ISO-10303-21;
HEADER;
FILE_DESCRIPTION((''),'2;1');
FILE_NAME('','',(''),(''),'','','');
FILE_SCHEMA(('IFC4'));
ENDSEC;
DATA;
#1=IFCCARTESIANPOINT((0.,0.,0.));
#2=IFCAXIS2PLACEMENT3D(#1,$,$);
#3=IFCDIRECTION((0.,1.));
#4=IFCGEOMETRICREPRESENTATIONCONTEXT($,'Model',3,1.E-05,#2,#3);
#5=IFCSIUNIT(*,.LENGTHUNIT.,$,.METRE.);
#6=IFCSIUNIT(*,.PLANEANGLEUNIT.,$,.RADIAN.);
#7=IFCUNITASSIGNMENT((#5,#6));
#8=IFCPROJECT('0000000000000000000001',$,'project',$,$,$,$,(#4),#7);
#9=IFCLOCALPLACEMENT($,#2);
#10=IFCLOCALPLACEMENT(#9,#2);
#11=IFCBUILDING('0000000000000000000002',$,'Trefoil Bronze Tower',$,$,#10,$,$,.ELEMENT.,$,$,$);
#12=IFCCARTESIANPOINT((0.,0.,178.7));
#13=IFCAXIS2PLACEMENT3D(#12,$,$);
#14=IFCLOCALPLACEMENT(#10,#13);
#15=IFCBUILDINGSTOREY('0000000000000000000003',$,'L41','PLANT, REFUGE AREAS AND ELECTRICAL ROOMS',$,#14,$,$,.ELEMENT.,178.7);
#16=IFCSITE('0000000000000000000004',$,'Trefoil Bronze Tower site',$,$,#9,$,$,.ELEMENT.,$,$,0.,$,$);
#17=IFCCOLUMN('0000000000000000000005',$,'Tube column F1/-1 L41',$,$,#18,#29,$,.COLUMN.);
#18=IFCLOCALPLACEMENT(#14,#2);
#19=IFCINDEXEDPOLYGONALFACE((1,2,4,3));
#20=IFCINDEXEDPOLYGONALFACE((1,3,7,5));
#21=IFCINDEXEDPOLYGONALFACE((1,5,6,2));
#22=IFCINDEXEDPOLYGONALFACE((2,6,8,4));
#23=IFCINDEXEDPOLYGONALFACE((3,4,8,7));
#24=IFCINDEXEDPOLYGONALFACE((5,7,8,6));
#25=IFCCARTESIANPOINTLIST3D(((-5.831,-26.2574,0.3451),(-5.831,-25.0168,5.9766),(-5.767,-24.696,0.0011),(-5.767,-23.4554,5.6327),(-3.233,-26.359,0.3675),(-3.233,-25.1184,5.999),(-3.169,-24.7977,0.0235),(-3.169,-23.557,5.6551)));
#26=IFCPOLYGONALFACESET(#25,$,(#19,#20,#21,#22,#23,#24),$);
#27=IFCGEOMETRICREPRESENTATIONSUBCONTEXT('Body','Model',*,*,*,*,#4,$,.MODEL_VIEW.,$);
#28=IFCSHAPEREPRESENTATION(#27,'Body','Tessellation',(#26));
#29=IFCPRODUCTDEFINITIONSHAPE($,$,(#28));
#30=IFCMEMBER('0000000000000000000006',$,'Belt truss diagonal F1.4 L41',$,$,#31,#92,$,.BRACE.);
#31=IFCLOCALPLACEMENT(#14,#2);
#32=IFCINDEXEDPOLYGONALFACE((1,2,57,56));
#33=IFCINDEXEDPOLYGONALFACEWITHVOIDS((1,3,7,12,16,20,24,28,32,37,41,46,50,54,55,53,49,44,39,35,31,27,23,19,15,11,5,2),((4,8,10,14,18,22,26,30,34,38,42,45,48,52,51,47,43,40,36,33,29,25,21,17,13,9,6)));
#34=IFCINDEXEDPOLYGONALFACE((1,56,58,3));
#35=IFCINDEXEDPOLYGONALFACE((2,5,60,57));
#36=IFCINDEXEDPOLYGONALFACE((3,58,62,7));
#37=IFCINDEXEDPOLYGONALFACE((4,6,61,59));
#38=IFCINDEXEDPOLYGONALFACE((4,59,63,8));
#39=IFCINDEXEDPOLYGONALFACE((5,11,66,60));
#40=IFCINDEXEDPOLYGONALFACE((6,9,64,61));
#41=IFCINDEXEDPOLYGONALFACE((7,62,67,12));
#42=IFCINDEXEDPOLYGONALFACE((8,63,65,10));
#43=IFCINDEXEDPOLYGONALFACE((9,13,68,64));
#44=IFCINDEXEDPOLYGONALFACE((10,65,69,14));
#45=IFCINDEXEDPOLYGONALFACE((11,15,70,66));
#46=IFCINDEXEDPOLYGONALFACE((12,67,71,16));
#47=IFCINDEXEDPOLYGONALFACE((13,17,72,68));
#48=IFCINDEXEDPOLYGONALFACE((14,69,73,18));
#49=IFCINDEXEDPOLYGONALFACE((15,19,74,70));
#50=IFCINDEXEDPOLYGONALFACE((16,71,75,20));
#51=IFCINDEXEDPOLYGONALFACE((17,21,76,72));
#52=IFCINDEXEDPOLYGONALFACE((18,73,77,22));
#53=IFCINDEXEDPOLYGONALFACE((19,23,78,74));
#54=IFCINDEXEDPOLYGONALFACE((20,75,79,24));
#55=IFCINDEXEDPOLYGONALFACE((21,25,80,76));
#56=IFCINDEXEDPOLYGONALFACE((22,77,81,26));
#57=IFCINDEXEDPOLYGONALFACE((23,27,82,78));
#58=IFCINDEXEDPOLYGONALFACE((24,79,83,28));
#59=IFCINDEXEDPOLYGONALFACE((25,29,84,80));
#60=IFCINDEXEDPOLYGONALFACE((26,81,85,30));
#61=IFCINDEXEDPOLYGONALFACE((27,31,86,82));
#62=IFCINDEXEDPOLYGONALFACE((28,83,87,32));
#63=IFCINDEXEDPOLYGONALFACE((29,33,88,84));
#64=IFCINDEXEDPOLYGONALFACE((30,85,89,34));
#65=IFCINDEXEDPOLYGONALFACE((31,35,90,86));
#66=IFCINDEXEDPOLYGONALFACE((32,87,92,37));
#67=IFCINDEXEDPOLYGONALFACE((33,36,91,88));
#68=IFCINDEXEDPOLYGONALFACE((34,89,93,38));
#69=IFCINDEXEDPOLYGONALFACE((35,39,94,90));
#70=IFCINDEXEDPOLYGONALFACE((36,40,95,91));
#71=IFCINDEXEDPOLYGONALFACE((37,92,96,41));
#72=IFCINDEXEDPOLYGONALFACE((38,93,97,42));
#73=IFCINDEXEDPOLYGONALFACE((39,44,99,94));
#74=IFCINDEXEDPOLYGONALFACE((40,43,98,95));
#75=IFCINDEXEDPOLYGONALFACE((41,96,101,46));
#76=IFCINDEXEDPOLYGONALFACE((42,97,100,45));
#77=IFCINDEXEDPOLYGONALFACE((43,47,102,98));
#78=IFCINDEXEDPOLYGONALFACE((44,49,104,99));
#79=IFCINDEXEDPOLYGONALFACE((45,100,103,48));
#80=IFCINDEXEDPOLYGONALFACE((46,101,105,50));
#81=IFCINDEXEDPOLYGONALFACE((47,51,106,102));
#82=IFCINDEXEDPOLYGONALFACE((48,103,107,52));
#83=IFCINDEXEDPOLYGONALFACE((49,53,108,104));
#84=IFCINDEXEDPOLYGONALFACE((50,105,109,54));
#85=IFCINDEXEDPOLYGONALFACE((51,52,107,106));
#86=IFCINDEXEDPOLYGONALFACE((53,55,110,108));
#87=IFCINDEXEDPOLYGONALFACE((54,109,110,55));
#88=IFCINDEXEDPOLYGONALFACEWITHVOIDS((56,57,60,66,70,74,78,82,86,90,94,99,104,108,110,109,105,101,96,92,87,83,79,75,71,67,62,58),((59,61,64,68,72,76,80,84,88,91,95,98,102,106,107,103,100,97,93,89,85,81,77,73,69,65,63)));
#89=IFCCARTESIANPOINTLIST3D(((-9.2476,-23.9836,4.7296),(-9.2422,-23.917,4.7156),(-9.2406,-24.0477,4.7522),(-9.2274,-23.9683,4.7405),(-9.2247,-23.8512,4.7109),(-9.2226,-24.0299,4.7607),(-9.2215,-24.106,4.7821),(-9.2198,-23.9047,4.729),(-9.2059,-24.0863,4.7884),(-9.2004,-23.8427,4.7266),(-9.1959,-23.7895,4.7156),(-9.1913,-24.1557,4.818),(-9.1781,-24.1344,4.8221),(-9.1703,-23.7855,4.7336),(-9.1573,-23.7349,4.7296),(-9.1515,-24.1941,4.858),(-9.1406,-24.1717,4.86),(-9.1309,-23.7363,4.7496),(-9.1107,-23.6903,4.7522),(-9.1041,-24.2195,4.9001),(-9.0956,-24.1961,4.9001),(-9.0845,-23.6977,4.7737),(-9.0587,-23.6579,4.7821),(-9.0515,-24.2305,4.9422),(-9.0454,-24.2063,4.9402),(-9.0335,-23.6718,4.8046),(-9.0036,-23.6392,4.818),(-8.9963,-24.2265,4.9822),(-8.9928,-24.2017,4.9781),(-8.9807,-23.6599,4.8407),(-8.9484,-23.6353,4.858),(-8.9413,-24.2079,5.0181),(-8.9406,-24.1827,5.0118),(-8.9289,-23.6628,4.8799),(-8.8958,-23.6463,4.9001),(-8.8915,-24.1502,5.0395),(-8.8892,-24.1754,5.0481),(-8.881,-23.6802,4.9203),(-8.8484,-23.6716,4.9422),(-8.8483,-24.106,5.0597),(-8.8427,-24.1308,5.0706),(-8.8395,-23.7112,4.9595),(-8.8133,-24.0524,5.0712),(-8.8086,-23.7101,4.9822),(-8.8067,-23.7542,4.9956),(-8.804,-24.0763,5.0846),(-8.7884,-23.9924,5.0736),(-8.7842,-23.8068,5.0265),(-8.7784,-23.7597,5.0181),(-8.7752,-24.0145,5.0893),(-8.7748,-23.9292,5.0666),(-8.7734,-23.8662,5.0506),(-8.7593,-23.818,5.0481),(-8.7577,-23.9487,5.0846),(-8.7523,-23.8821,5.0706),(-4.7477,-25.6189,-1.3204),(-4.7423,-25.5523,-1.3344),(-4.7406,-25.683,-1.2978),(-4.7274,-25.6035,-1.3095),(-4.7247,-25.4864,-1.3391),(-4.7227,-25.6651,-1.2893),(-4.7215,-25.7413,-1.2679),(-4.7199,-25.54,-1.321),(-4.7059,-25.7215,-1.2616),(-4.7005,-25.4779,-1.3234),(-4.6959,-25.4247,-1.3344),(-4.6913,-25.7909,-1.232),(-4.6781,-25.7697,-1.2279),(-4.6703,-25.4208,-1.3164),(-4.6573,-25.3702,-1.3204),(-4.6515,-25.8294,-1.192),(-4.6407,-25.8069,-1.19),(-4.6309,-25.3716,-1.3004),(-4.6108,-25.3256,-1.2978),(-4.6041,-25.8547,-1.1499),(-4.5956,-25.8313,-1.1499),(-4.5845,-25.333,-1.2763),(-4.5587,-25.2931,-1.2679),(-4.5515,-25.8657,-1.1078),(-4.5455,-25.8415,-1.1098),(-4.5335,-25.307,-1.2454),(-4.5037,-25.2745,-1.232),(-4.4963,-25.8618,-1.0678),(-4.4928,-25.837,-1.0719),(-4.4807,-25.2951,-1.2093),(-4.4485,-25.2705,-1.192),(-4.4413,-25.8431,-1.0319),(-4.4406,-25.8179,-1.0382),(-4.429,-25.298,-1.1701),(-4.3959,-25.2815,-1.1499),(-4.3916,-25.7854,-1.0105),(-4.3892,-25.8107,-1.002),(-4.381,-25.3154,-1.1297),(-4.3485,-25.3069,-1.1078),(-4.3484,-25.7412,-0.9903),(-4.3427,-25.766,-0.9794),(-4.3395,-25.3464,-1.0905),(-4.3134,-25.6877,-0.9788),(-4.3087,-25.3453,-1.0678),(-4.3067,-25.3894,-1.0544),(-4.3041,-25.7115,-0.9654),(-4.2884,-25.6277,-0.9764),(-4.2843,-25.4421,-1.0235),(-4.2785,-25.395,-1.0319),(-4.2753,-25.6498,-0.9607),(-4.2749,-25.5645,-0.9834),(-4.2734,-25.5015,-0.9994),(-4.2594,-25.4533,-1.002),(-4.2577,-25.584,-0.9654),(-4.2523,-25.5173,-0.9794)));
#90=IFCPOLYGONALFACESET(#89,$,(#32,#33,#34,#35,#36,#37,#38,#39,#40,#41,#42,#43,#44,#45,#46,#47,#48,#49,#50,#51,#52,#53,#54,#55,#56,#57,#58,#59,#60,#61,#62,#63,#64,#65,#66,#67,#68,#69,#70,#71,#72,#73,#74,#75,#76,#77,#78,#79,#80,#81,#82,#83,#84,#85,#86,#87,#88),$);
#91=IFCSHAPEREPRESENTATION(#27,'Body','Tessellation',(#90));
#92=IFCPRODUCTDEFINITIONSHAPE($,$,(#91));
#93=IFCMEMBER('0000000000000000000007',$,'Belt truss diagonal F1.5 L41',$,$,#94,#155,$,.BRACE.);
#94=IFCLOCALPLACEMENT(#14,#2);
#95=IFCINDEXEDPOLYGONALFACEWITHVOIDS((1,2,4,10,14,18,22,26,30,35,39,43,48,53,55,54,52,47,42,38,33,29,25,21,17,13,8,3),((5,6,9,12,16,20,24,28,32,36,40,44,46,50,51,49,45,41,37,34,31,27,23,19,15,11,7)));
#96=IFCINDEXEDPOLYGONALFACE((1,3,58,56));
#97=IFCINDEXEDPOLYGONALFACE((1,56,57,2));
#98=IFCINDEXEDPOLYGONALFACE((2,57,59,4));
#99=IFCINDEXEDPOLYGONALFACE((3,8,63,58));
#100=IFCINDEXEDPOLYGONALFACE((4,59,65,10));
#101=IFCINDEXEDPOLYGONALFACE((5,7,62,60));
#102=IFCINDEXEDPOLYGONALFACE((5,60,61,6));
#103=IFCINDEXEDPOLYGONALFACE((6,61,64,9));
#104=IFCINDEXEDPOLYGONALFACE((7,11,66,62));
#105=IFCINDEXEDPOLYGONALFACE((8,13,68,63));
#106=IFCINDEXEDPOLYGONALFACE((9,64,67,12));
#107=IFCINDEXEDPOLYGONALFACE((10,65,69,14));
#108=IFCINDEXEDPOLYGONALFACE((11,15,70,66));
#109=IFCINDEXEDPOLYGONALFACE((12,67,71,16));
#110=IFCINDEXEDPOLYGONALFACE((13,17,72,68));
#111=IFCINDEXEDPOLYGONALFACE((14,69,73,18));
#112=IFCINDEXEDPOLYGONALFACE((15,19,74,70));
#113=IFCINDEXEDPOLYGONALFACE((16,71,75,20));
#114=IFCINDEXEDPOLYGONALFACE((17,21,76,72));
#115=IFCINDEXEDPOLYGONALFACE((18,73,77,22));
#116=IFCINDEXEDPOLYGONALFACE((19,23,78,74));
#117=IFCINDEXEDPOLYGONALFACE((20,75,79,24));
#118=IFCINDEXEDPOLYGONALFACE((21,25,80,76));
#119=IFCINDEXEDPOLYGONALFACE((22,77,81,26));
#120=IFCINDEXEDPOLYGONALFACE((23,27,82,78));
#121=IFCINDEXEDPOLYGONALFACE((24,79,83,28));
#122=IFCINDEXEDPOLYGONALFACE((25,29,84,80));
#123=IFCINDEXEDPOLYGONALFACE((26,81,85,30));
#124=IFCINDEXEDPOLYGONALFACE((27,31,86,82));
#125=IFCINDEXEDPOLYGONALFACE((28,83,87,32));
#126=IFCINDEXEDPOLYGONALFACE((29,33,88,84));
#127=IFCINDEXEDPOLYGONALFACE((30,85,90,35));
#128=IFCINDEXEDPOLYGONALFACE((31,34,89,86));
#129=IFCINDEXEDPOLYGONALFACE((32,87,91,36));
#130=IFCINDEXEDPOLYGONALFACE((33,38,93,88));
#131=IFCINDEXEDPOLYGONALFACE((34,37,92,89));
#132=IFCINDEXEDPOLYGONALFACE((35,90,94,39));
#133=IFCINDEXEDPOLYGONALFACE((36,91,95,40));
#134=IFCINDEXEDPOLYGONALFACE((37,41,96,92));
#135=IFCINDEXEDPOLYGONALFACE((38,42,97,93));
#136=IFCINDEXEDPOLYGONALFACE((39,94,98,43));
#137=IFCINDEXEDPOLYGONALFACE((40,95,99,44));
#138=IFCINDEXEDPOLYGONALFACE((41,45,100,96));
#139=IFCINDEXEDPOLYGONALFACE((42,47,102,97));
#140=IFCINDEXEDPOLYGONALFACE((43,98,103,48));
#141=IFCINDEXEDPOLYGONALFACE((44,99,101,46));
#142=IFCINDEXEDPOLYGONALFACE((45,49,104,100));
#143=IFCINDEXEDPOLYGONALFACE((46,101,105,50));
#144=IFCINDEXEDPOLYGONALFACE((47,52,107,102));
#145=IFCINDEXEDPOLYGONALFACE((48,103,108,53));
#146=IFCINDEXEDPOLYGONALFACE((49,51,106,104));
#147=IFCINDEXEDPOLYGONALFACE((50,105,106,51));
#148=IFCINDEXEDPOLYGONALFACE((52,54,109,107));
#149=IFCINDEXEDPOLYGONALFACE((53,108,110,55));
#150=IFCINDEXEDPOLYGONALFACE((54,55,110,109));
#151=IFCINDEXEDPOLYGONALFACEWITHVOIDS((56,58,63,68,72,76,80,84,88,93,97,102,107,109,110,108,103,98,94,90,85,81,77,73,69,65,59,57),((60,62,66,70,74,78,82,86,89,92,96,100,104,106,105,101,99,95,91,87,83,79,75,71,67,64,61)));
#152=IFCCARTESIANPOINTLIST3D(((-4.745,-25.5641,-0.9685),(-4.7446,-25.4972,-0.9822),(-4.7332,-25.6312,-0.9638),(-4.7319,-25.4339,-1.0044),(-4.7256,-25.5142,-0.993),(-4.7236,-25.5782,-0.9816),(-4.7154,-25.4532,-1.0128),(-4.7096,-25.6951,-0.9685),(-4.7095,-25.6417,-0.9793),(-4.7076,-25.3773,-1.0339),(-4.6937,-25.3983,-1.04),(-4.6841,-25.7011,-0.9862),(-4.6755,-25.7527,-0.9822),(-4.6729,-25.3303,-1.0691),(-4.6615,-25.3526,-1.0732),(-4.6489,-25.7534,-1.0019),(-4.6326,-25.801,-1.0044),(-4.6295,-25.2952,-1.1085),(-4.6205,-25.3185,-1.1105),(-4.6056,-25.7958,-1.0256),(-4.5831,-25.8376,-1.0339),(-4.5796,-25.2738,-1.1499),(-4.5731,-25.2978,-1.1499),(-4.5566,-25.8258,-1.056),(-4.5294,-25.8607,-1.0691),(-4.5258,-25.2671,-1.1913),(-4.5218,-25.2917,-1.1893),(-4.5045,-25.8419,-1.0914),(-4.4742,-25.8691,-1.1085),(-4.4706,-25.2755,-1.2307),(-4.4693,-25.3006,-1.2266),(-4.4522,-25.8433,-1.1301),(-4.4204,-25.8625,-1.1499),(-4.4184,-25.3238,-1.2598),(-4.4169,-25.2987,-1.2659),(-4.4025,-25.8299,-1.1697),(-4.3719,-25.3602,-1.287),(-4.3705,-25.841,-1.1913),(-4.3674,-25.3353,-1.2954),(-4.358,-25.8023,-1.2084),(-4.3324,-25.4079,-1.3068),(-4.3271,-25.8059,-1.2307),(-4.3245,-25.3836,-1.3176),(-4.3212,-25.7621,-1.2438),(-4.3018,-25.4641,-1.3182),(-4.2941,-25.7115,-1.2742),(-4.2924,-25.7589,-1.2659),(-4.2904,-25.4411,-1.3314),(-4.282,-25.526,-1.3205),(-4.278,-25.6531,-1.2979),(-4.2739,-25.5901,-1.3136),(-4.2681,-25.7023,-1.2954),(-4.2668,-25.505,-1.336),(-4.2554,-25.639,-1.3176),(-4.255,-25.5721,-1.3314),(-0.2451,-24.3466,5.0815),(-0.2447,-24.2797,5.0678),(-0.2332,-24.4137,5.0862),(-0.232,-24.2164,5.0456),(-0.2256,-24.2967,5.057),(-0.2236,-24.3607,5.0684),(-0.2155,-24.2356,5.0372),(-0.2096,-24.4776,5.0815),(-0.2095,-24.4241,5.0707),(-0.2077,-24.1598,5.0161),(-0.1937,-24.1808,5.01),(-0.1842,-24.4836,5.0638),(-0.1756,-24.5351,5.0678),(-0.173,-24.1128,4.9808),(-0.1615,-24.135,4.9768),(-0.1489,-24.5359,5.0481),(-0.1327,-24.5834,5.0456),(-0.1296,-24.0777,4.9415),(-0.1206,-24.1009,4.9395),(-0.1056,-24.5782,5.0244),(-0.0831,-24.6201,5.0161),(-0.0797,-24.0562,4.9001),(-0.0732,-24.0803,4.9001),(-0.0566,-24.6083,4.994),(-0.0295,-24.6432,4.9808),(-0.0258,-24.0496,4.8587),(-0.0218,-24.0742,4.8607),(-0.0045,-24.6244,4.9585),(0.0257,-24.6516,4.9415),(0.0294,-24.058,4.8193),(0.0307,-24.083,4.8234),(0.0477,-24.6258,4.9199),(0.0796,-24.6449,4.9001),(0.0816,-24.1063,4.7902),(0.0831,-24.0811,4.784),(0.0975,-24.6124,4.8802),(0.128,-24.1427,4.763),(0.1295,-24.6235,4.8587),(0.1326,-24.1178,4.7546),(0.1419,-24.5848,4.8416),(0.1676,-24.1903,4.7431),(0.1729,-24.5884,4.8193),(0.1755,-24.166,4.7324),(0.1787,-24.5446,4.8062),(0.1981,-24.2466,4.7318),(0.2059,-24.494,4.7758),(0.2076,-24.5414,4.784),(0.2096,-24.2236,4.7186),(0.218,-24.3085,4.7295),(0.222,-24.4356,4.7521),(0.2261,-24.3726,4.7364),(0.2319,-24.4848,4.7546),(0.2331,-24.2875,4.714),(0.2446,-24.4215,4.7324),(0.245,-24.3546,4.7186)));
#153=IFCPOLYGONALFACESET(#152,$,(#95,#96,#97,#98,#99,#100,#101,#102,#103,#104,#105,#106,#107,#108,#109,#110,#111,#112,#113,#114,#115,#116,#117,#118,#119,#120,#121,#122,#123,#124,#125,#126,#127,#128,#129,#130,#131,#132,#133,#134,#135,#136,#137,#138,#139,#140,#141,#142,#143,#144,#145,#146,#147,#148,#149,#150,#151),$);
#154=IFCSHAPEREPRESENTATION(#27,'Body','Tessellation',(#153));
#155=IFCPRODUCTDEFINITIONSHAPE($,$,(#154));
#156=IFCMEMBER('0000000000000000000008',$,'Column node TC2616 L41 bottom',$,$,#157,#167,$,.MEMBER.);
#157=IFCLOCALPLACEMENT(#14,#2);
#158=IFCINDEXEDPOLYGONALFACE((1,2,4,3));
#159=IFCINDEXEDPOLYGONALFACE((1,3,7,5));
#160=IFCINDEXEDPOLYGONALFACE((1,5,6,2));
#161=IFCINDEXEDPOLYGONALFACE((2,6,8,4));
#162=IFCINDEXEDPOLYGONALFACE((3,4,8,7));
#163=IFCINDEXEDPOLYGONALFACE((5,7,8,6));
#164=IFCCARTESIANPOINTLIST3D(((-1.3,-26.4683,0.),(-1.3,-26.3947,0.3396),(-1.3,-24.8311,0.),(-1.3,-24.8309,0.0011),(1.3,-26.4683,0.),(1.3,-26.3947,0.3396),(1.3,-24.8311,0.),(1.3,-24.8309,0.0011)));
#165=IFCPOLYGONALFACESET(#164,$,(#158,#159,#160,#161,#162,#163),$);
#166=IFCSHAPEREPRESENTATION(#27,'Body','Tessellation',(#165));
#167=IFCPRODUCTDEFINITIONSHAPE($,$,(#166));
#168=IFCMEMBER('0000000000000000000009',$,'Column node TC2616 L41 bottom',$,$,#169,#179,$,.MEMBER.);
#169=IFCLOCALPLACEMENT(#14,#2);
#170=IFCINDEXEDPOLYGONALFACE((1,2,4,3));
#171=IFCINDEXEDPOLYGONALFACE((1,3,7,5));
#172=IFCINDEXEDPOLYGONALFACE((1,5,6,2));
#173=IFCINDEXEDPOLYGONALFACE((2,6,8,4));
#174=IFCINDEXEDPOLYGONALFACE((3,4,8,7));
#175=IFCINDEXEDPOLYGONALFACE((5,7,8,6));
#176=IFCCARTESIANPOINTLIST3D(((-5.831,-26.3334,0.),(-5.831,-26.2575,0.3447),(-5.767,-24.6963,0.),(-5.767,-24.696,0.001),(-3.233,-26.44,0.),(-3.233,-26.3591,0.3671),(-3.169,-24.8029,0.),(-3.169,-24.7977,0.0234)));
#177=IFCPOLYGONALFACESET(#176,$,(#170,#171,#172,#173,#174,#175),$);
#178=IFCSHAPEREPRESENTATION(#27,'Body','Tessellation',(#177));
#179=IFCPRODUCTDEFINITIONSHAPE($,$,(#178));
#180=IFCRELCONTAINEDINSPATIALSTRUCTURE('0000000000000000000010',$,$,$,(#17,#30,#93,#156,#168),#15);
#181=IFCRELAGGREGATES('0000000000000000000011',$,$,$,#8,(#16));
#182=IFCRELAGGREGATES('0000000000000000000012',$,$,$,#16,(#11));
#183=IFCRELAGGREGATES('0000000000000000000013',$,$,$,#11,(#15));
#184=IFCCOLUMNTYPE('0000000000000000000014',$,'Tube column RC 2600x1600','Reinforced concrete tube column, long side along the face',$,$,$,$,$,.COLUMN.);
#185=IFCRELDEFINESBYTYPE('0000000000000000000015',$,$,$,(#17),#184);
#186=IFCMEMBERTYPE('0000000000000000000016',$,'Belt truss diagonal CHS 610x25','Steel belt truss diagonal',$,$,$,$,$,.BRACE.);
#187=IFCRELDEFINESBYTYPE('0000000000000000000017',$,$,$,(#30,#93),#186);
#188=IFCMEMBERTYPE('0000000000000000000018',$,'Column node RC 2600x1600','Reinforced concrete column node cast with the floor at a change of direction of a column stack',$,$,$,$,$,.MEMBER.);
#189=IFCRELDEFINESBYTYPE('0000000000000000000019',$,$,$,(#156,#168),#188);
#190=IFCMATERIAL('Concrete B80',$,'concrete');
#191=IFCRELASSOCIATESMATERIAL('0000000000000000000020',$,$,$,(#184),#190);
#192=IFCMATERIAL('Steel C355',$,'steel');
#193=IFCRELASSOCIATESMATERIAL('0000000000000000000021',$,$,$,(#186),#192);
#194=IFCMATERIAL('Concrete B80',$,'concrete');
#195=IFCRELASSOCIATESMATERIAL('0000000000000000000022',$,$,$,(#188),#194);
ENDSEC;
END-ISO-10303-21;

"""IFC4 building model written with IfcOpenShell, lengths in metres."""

from ifc_helpers import new_model, si_unit, direction, frame, origin, origin_2d, place, context, subcontext, project, spatial, rectangle, hollow_circle, extrude, clip, halfspace, material, material_profile, profile_set, type_object, element, save


model = new_model("IFC4")

# Units and contexts
model_context = context("Model", 3, precision=1e-05, world=origin(), true_north=direction((0.0, 1.0)))
body_context = subcontext(model_context, "Body", "Model", "MODEL_VIEW")
ifc_project = project(units=[si_unit("LENGTHUNIT", "METRE"), si_unit("PLANEANGLEUNIT", "RADIAN")], contexts=[model_context])

# Site, building, storey
site_placement = place(None, origin())
site = spatial("IfcSite", under=ifc_project, at=site_placement, Name="Trefoil Bronze Tower site", CompositionType="ELEMENT", RefElevation=0.0)
building_placement = place(site_placement, origin())
building = spatial("IfcBuilding", under=site, at=building_placement, Name="Trefoil Bronze Tower", CompositionType="ELEMENT")
storey_placement = place(building_placement, frame((0.0, 0.0, 178.7)))
storey = spatial("IfcBuildingStorey", under=building, at=storey_placement, Name="L41", Description="PLANT, REFUGE AREAS AND ELECTRICAL ROOMS", CompositionType="ELEMENT", Elevation=178.7)

# Column
ifc_material_1 = material(Name="Concrete B80", Category="concrete")
ifc_material_profile_1 = material_profile(ifc_material_1, rectangle(XDim=2.6001, YDim=1.6001, at=origin_2d()), Name="RC 2600x1600")
ifc_profile_set_1 = profile_set([ifc_material_profile_1], Name="Concrete B80")
column_type = type_object("IfcColumnType", Name="Tube column RC 2600x1600", Description="Reinforced concrete tube column, long side along the face", PredefinedType="COLUMN", material=ifc_profile_set_1)
column_1_placement = place(storey_placement, frame((-4.5, -25.5681, 0.0), z_axis=(0.0, 0.215138, 0.976584), x_axis=(0.999198, -0.039106, 0.008615)))
element("IfcColumn", 1, at=column_1_placement, inside=storey, type_object=column_type, Name="Tube column F1/-1 L41", PredefinedType="COLUMN", context=body_context, shape_type="Clipping", body=[
    clip(clip(extrude(rectangle(XDim=2.6001, YDim=1.6001, at=origin_2d()), origin(), (0.0, 0.0, 1.0), 6.1438), halfspace(frame((0.0, 0.0, 0.1887), z_axis=(0.000001, -0.000019, 1.0), x_axis=(0.0, 1.0, 0.000019)), True)), halfspace(frame((0.0, 0.0, 5.9553), z_axis=(-0.000001, 0.000019, -1.0), x_axis=(0.0, -1.0, -0.000019)), True)),
])

# Members
ifc_material_2 = material(Name="Steel C355", Category="steel")
ifc_material_profile_2 = material_profile(ifc_material_2, hollow_circle(Radius=0.3049, WallThickness=0.0249, at=origin_2d()), Name="CHS 610x25")
ifc_profile_set_2 = profile_set([ifc_material_profile_2], Name="Steel C355")
member_type_1 = type_object("IfcMemberType", Name="Belt truss diagonal CHS 610x25", Description="Steel belt truss diagonal", PredefinedType="BRACE", material=ifc_profile_set_2)
member_1_placement = place(storey_placement, frame((-4.5, -25.5681, -1.1499), z_axis=(-0.58325, 0.211947, 0.784154), x_axis=(-0.341538, -0.939868, 0.0)))
element("IfcMember", 2, at=member_1_placement, inside=storey, type_object=member_type_1, Name="Belt truss diagonal F1.4 L41", PredefinedType="BRACE", context=body_context, shape_type="SweptSolid", body=[
    extrude(hollow_circle(Radius=0.3049, WallThickness=0.0249, at=origin_2d()), origin(), (0.0, 0.0, 1.0), 7.7153),
])
member_2_placement = place(storey_placement, frame((-4.5, -25.5681, -1.1499), z_axis=(0.589178, 0.159409, 0.792123), x_axis=(-0.261172, 0.965292, 0.0)))
element("IfcMember", 3, at=member_2_placement, inside=storey, type_object=member_type_1, Name="Belt truss diagonal F1.5 L41", PredefinedType="BRACE", context=body_context, shape_type="SweptSolid", body=[
    extrude(hollow_circle(Radius=0.3049, WallThickness=0.0249, at=origin_2d()), origin(), (0.0, 0.0, 1.0), 7.6377),
])
ifc_material_3 = material(Name="Concrete B80", Category="concrete")
ifc_material_profile_3 = material_profile(ifc_material_3, rectangle(XDim=2.6001, YDim=1.6001, at=origin_2d()), Name="RC 2600x1600")
ifc_profile_set_3 = profile_set([ifc_material_profile_3], Name="Concrete B80")
member_type_2 = type_object("IfcMemberType", Name="Column node RC 2600x1600", Description="Reinforced concrete column node cast with the floor at a change of direction of a column stack", PredefinedType="MEMBER", material=ifc_profile_set_3)
member_3_placement = place(storey_placement, frame((0.0, -25.6865, -0.1702), z_axis=(0.0, 0.211586, 0.977359), x_axis=(1.0, 0.0, 0.0)))
element("IfcMember", 4, at=member_3_placement, inside=storey, type_object=member_type_2, Name="Column node TC2616 L41 bottom", PredefinedType="MEMBER", context=body_context, shape_type="Clipping", body=[
    clip(extrude(rectangle(XDim=2.6001, YDim=1.6001, at=origin_2d()), origin(), (0.0, 0.0, 1.0), 0.3484), halfspace(frame((0.0, 0.0, 0.1741), z_axis=(0.0, -0.211586, 0.977359), x_axis=(0.0, 0.977359, 0.211586)), True)),
])
member_4_placement = place(storey_placement, frame((-4.5, -25.6086, -0.1841), z_axis=(0.0, 0.21501, 0.976612), x_axis=(0.999198, -0.039107, 0.00861)))
element("IfcMember", 5, at=member_4_placement, inside=storey, type_object=member_type_2, Name="Column node TC2616 L41 bottom", PredefinedType="MEMBER", context=body_context, shape_type="Clipping", body=[
    clip(extrude(rectangle(XDim=2.6001, YDim=1.6001, at=origin_2d()), origin(), (0.0, 0.0, 1.0), 0.377), halfspace(frame((0.0, 0.0, 0.1885), z_axis=(0.00861, -0.214838, 0.976612), x_axis=(0.0, 0.976648, 0.214846)), True)),
])

save(model, "model.ifc")
